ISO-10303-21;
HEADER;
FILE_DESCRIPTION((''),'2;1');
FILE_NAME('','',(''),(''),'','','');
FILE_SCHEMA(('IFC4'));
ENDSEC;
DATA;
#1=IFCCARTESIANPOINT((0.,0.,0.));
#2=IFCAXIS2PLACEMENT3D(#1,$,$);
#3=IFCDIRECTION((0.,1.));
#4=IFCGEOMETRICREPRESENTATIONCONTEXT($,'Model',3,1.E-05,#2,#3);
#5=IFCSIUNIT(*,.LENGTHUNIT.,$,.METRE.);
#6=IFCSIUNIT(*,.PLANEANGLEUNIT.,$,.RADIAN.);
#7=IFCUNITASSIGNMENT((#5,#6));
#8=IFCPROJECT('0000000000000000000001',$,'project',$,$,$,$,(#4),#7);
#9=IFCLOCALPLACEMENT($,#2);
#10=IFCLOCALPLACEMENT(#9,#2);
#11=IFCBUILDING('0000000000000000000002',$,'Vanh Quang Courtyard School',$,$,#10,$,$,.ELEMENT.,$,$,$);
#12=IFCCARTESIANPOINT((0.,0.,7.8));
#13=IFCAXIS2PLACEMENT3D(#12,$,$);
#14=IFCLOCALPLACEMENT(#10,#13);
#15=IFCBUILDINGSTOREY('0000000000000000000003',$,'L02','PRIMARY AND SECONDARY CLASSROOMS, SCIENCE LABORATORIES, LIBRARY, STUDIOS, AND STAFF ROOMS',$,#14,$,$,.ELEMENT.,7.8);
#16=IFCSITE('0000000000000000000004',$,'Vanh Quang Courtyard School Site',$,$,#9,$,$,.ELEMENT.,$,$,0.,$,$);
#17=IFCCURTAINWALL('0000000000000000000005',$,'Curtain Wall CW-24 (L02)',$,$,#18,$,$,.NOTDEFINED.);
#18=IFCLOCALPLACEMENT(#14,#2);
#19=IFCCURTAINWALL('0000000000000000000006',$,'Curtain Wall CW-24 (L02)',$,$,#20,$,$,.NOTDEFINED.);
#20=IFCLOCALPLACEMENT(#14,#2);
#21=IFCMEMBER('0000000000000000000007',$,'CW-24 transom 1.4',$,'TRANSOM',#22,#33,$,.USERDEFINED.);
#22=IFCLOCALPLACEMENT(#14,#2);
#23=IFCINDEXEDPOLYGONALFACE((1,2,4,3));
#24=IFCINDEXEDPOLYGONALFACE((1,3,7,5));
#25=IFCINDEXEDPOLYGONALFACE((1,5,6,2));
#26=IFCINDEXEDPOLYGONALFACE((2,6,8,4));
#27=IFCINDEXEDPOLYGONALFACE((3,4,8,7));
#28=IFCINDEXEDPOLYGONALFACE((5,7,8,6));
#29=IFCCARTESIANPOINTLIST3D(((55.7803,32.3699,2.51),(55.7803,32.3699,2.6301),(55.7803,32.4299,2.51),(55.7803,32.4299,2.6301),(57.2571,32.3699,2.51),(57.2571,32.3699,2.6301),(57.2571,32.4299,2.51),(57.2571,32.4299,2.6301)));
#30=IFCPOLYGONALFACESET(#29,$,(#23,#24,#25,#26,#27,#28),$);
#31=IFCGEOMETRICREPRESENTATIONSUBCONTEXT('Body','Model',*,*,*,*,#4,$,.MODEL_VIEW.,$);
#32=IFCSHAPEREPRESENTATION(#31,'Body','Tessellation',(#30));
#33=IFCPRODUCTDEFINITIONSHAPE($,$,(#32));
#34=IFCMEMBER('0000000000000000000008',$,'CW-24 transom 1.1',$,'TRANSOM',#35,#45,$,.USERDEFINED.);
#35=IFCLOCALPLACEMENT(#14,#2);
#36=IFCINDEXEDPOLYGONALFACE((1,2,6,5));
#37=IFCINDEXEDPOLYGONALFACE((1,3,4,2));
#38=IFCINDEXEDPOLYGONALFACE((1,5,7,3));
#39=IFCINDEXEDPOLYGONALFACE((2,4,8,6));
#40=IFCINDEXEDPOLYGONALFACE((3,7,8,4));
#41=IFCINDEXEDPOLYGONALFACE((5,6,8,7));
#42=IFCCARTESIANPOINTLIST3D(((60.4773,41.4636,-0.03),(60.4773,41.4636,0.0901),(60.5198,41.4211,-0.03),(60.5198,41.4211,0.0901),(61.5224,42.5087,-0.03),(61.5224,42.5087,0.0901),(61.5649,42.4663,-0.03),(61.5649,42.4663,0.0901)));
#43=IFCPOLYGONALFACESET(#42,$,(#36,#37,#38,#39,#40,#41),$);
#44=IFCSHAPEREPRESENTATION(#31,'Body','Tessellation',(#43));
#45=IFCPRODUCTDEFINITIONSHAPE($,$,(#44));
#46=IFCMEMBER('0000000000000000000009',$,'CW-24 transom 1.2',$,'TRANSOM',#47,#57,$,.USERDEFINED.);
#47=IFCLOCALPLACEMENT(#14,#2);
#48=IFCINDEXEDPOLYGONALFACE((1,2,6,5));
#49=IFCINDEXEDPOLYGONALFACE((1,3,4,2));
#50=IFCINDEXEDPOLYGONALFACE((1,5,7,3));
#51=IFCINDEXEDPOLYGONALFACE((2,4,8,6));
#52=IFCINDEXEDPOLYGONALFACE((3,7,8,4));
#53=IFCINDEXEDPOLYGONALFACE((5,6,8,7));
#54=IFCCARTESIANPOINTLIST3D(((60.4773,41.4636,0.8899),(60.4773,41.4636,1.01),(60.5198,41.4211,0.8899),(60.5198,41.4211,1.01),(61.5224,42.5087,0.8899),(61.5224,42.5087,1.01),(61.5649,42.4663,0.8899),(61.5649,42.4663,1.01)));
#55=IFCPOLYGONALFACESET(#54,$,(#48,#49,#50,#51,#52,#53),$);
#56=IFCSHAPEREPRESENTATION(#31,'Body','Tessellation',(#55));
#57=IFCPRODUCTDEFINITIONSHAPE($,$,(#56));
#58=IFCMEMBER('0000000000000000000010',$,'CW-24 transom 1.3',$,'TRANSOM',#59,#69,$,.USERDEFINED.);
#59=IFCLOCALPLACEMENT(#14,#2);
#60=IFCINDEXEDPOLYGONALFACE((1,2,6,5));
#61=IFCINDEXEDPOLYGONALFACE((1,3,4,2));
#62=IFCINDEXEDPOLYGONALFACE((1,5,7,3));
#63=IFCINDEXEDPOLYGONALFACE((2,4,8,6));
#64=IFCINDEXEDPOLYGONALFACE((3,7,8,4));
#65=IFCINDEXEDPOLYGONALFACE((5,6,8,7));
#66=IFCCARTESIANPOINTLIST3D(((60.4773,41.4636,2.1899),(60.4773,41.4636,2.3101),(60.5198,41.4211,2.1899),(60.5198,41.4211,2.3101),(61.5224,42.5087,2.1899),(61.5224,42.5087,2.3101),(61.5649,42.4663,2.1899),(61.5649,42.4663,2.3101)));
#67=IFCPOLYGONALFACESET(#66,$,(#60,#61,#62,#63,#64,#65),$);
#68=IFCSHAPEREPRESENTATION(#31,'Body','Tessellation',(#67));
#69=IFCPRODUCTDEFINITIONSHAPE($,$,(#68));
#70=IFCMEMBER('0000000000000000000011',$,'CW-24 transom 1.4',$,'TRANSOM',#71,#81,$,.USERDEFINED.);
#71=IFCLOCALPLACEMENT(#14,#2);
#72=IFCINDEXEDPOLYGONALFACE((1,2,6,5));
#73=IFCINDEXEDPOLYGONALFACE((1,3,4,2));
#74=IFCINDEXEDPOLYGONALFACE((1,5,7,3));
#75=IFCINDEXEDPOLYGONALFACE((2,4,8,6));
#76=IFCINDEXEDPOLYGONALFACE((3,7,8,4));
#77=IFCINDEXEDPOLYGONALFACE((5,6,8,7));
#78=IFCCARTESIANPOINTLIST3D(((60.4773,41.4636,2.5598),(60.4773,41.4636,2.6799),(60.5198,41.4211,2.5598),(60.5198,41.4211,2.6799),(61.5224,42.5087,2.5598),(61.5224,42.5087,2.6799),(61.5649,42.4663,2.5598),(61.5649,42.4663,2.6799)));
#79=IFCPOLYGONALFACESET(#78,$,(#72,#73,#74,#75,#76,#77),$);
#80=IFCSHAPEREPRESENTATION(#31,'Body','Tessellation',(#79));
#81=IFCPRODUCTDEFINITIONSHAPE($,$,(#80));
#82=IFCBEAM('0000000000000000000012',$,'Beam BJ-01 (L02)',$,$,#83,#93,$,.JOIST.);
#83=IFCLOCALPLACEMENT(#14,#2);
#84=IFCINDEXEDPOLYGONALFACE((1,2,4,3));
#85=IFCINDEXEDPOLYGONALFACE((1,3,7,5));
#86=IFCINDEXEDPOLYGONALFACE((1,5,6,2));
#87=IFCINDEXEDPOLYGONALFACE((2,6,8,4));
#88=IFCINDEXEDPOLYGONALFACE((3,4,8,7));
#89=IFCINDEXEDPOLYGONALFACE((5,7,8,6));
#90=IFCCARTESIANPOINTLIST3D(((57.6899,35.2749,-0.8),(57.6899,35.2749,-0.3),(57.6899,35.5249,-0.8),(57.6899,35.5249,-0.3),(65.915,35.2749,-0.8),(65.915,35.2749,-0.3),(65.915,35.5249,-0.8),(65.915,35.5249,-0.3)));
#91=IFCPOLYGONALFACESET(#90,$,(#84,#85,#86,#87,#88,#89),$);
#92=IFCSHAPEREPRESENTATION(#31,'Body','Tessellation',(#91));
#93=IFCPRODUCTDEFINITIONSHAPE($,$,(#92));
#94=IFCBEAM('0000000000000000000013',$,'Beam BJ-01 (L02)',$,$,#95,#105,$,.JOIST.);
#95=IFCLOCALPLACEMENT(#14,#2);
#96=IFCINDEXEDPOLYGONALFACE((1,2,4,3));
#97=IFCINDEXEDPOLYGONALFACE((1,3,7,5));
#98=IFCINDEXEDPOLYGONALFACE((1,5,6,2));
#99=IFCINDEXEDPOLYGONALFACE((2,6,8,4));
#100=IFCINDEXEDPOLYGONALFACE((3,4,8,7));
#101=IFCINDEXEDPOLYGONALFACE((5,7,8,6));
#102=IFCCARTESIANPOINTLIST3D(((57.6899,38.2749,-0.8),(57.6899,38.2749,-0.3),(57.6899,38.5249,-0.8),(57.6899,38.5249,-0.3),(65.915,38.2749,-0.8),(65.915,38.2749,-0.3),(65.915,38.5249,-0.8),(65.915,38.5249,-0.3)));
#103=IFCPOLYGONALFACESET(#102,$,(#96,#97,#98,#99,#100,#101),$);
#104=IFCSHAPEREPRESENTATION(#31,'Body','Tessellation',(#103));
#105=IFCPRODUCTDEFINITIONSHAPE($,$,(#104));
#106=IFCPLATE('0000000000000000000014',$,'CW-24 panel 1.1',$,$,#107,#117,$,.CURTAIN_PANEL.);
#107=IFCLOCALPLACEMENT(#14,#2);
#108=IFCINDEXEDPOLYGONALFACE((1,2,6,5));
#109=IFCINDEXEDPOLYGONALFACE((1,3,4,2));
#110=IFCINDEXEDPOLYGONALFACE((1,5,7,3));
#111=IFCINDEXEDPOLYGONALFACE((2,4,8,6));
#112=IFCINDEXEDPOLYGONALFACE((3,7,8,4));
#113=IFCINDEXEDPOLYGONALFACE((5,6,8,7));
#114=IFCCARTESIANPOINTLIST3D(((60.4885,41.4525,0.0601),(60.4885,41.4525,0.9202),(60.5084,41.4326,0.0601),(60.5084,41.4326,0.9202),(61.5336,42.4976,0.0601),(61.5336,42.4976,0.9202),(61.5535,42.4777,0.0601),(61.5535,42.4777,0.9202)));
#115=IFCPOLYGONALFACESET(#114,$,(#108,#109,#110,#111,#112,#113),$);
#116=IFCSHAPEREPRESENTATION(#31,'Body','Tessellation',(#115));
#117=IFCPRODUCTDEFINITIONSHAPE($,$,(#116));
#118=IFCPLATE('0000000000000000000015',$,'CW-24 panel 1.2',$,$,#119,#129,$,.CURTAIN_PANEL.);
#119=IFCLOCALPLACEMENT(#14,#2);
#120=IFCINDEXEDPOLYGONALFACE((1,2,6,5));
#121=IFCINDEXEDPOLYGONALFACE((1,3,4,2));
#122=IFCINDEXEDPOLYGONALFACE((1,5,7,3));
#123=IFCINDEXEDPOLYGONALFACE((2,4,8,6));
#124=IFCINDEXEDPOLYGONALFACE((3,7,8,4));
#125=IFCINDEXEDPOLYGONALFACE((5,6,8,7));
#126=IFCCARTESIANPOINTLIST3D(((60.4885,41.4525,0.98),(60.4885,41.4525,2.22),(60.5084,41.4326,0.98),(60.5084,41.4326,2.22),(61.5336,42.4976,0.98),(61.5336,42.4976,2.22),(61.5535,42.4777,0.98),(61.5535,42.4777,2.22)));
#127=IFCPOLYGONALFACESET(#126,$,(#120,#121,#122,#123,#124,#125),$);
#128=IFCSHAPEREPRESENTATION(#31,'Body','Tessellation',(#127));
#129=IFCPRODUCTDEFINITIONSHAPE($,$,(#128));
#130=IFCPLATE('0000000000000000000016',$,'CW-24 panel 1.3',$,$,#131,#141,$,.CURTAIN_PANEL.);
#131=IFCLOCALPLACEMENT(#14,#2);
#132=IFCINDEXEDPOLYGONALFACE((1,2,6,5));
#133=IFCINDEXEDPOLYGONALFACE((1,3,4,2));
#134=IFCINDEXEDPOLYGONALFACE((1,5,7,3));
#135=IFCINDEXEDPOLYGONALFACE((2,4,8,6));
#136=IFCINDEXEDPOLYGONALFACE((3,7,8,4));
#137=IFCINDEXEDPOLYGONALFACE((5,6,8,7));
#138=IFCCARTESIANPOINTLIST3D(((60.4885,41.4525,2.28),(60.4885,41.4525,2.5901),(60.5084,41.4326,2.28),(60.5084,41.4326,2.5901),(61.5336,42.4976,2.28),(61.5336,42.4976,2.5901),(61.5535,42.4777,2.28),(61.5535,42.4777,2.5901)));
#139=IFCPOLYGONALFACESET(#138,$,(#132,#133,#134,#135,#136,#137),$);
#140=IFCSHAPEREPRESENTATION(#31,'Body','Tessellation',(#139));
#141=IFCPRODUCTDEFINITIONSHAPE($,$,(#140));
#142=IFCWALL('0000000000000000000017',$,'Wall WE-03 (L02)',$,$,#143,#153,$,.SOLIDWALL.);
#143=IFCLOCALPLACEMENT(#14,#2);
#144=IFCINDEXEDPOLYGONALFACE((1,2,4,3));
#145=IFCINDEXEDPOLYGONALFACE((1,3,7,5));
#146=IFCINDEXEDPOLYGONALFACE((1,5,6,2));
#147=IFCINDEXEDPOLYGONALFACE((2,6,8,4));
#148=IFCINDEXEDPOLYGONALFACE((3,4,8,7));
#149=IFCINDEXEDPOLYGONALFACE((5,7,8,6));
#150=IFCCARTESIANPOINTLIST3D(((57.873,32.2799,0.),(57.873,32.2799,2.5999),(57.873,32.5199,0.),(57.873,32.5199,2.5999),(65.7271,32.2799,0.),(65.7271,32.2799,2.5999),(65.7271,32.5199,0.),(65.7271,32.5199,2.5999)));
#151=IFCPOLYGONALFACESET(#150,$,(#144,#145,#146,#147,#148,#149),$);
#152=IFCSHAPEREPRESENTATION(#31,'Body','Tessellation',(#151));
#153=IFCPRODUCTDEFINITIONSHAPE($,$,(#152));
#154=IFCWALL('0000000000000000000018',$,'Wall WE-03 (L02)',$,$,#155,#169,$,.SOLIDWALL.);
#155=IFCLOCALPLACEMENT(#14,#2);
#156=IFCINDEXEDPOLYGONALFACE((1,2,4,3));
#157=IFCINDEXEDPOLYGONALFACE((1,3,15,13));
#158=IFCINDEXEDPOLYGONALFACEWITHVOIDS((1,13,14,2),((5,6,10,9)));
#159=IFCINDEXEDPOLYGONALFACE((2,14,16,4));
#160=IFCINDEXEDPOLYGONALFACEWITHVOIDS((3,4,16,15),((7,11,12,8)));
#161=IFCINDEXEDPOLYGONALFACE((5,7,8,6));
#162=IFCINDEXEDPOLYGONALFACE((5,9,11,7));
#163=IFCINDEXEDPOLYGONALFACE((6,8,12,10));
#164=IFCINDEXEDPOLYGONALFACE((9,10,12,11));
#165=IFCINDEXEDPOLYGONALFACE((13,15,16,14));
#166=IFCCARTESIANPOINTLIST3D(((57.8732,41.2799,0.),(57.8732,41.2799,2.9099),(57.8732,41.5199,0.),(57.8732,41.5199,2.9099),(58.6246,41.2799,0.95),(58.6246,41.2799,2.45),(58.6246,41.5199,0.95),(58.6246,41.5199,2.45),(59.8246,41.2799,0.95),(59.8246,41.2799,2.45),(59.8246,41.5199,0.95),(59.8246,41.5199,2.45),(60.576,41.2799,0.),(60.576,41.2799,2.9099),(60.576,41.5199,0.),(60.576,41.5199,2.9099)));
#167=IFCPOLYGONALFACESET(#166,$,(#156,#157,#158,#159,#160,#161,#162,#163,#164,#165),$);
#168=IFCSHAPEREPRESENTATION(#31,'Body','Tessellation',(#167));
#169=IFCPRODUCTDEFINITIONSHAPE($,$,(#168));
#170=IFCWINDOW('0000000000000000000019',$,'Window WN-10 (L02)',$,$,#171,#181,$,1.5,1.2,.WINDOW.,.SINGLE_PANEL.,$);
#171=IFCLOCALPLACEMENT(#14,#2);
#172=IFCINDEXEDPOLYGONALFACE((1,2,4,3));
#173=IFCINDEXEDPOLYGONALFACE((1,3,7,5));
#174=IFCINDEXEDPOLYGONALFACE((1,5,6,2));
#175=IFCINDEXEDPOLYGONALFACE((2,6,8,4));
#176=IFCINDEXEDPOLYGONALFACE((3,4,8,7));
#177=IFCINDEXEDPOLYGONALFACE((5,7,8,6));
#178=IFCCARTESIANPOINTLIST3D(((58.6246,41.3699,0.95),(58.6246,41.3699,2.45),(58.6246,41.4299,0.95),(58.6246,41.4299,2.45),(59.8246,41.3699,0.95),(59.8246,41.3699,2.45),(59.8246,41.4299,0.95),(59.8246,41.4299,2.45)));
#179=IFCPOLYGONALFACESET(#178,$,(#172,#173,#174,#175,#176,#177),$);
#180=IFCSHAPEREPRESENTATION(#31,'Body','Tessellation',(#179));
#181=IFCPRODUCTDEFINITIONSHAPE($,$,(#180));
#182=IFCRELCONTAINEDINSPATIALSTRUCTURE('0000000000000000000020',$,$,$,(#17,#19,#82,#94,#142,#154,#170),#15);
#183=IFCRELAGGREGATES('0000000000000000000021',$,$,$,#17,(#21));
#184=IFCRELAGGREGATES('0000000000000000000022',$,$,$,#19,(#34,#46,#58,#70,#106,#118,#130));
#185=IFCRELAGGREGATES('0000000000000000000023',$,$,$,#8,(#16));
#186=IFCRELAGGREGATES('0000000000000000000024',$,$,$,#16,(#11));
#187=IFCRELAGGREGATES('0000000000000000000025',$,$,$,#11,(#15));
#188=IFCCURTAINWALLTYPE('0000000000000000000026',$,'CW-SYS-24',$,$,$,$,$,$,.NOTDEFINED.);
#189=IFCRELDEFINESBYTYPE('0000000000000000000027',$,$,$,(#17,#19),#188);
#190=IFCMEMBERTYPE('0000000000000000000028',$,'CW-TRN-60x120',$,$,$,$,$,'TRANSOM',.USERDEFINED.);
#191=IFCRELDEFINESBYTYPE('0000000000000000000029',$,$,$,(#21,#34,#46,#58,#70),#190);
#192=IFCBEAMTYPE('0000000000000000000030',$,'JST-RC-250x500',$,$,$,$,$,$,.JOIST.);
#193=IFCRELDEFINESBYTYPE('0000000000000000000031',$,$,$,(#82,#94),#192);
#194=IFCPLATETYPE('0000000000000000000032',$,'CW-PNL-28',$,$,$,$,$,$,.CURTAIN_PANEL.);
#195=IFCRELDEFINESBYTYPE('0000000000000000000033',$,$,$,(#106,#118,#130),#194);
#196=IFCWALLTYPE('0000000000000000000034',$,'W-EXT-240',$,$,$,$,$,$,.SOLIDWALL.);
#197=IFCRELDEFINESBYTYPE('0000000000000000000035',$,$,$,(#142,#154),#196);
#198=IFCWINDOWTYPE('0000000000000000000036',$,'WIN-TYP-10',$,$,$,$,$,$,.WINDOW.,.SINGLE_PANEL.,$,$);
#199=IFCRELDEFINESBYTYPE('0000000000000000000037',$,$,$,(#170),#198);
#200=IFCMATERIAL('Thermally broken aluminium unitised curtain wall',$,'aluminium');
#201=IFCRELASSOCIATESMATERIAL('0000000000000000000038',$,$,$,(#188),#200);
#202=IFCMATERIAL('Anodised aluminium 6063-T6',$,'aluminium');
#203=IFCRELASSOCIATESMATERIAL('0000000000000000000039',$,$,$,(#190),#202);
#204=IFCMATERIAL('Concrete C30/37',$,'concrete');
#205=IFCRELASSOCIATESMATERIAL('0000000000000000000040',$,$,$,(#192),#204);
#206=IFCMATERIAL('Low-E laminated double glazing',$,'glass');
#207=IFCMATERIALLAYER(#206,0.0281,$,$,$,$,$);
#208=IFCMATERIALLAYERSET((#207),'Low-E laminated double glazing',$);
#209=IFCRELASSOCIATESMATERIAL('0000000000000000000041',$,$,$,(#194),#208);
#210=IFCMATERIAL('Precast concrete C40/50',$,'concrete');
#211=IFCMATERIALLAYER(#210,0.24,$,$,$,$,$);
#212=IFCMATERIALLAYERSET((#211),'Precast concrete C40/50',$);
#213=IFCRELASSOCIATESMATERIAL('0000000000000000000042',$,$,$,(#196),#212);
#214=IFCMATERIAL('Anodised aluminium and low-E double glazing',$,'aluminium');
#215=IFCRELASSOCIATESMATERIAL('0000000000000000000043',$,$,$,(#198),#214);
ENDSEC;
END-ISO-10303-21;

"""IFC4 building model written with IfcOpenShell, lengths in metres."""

from ifc_helpers import new_model, si_unit, direction, frame, frame_2d, origin, origin_2d, place, context, subcontext, project, spatial, rectangle, extrude, material, layer, layer_set, material_profile, profile_set, type_object, element, fill, aggregate, save


model = new_model("IFC4")

# Units and contexts
model_context = context("Model", 3, precision=1e-05, world=origin(), true_north=direction((0.0, 1.0)))
body_context = subcontext(model_context, "Body", "Model", "MODEL_VIEW")
ifc_project = project(units=[si_unit("LENGTHUNIT", "METRE"), si_unit("PLANEANGLEUNIT", "RADIAN")], contexts=[model_context])

# Site, building, storey
site_placement = place(None, origin())
site = spatial("IfcSite", under=ifc_project, at=site_placement, Name="Vanh Quang Courtyard School Site", CompositionType="ELEMENT", RefElevation=0.0)
building_placement = place(site_placement, origin())
building = spatial("IfcBuilding", under=site, at=building_placement, Name="Vanh Quang Courtyard School", CompositionType="ELEMENT")
storey_placement = place(building_placement, frame((0.0, 0.0, 7.8)))
storey = spatial("IfcBuildingStorey", under=building, at=storey_placement, Name="L02", Description="PRIMARY AND SECONDARY CLASSROOMS, SCIENCE LABORATORIES, LIBRARY, STUDIOS, AND STAFF ROOMS", CompositionType="ELEMENT", Elevation=7.8)

# Curtain walls
ifc_material_1 = material(Name="Thermally broken aluminium unitised curtain wall", Category="aluminium")
curtain_wall_type = type_object("IfcCurtainWallType", Name="CW-SYS-24", PredefinedType="NOTDEFINED", material=ifc_material_1)
curtain_wall_1_placement = place(storey_placement, origin())
curtain_wall_1 = element("IfcCurtainWall", 1, at=curtain_wall_1_placement, inside=storey, type_object=curtain_wall_type, Name="Curtain Wall CW-24 (L02)", PredefinedType="NOTDEFINED")
ifc_material_2 = material(Name="Anodised aluminium 6063-T6", Category="aluminium")
curtain_wall_2_placement = place(storey_placement, origin())
curtain_wall_2 = element("IfcCurtainWall", 2, at=curtain_wall_2_placement, inside=storey, type_object=curtain_wall_type, Name="Curtain Wall CW-24 (L02)", PredefinedType="NOTDEFINED")

# Members
ifc_material_profile_1 = material_profile(ifc_material_2, rectangle(XDim=0.0601, YDim=0.1201, at=origin_2d()), Name="ALU-TRN 60x120")
ifc_profile_set_1 = profile_set([ifc_material_profile_1], Name="Anodised aluminium 6063-T6")
member_type_1 = type_object("IfcMemberType", Name="CW-TRN-60x120", ElementType="TRANSOM", PredefinedType="USERDEFINED", material=ifc_profile_set_1)
member_1_placement = place(storey_placement, frame((57.2571, 32.3999, 2.5701), z_axis=(-1.0, 0.0, 0.0), x_axis=(0.0, -1.0, 0.0)))
member_1 = element("IfcMember", 3, at=member_1_placement, type_object=member_type_1, Name="CW-24 transom 1.4", ObjectType="TRANSOM", PredefinedType="USERDEFINED", context=body_context, shape_type="SweptSolid", body=[
    extrude(rectangle(XDim=0.0601, YDim=0.1201, at=origin_2d()), origin(), (0.0, 0.0, 1.0), 1.4768),
])
aggregate(curtain_wall_1, [member_1])
member_2_placement = place(storey_placement, frame((60.4985, 41.4424, 0.03), z_axis=(0.707107, 0.707107, 0.0), x_axis=(-0.707107, 0.707107, 0.0)))
member_2 = element("IfcMember", 4, at=member_2_placement, type_object=member_type_1, Name="CW-24 transom 1.1", ObjectType="TRANSOM", PredefinedType="USERDEFINED", context=body_context, shape_type="SweptSolid", body=[
    extrude(rectangle(XDim=0.0601, YDim=0.1201, at=origin_2d()), origin(), (0.0, 0.0, 1.0), 1.478),
])
member_3_placement = place(storey_placement, frame((60.4985, 41.4424, 0.95), z_axis=(0.707107, 0.707107, 0.0), x_axis=(-0.707107, 0.707107, 0.0)))
member_3 = element("IfcMember", 5, at=member_3_placement, type_object=member_type_1, Name="CW-24 transom 1.2", ObjectType="TRANSOM", PredefinedType="USERDEFINED", context=body_context, shape_type="SweptSolid", body=[
    extrude(rectangle(XDim=0.0601, YDim=0.1201, at=origin_2d()), origin(), (0.0, 0.0, 1.0), 1.478),
])
member_4_placement = place(storey_placement, frame((60.4985, 41.4424, 2.25), z_axis=(0.707107, 0.707107, 0.0), x_axis=(-0.707107, 0.707107, 0.0)))
member_4 = element("IfcMember", 6, at=member_4_placement, type_object=member_type_1, Name="CW-24 transom 1.3", ObjectType="TRANSOM", PredefinedType="USERDEFINED", context=body_context, shape_type="SweptSolid", body=[
    extrude(rectangle(XDim=0.0601, YDim=0.1201, at=origin_2d()), origin(), (0.0, 0.0, 1.0), 1.478),
])
member_5_placement = place(storey_placement, frame((60.4985, 41.4424, 2.6199), z_axis=(0.707107, 0.707107, 0.0), x_axis=(-0.707107, 0.707107, 0.0)))
member_5 = element("IfcMember", 7, at=member_5_placement, type_object=member_type_1, Name="CW-24 transom 1.4", ObjectType="TRANSOM", PredefinedType="USERDEFINED", context=body_context, shape_type="SweptSolid", body=[
    extrude(rectangle(XDim=0.0601, YDim=0.1201, at=origin_2d()), origin(), (0.0, 0.0, 1.0), 1.478),
])

# Beams
ifc_material_3 = material(Name="Concrete C30/37", Category="concrete")
ifc_material_profile_2 = material_profile(ifc_material_3, rectangle(XDim=0.25, YDim=0.5, at=origin_2d()), Name="RC-JST 250x500")
ifc_profile_set_2 = profile_set([ifc_material_profile_2], Name="Concrete C30/37")
beam_type_1 = type_object("IfcBeamType", Name="JST-RC-250x500", PredefinedType="JOIST", material=ifc_profile_set_2)
for number, where, z_axis, x_axis, name in (
    (8, (57.6899, 35.3999, -0.55), (1.0, 0.0, 0.0), (0.0, 1.0, 0.0), "Beam BJ-01 (L02)"),
    (9, (57.6899, 38.3999, -0.55), (1.0, 0.0, 0.0), (0.0, 1.0, 0.0), "Beam BJ-01 (L02)"),
):
    element("IfcBeam", number, at=place(storey_placement, frame(where, z_axis=z_axis, x_axis=x_axis)), inside=storey, type_object=beam_type_1, Name=name, PredefinedType="JOIST", context=body_context, shape_type="SweptSolid", body=[
        extrude(rectangle(XDim=0.25, YDim=0.5, at=origin_2d()), origin(), (0.0, 0.0, 1.0), 8.2251),
    ])

# Plates
ifc_material_4 = material(Name="Low-E laminated double glazing", Category="glass")
ifc_layer_1 = layer(ifc_material_4, 0.0281)
ifc_layer_set_1 = layer_set([ifc_layer_1], Name="Low-E laminated double glazing")
plate_type = type_object("IfcPlateType", Name="CW-PNL-28", PredefinedType="CURTAIN_PANEL", material=ifc_layer_set_1)
plate_1_placement = place(storey_placement, frame((61.021, 41.9651, 0.0601), z_axis=(0.0, 0.0, 1.0), x_axis=(0.707107, 0.707107, 0.0)))
plate_1 = element("IfcPlate", 10, at=plate_1_placement, type_object=plate_type, Name="CW-24 panel 1.1", PredefinedType="CURTAIN_PANEL", context=body_context, shape_type="SweptSolid", body=[
    extrude(rectangle(XDim=1.478, YDim=0.0281, at=origin_2d()), origin(), (0.0, 0.0, 1.0), 0.8601),
])
plate_2_placement = place(storey_placement, frame((61.021, 41.9651, 0.98), z_axis=(0.0, 0.0, 1.0), x_axis=(0.707107, 0.707107, 0.0)))
plate_2 = element("IfcPlate", 11, at=plate_2_placement, type_object=plate_type, Name="CW-24 panel 1.2", PredefinedType="CURTAIN_PANEL", context=body_context, shape_type="SweptSolid", body=[
    extrude(rectangle(XDim=1.478, YDim=0.0281, at=origin_2d()), origin(), (0.0, 0.0, 1.0), 1.24),
])
plate_3_placement = place(storey_placement, frame((61.021, 41.9651, 2.28), z_axis=(0.0, 0.0, 1.0), x_axis=(0.707107, 0.707107, 0.0)))
plate_3 = element("IfcPlate", 12, at=plate_3_placement, type_object=plate_type, Name="CW-24 panel 1.3", PredefinedType="CURTAIN_PANEL", context=body_context, shape_type="SweptSolid", body=[
    extrude(rectangle(XDim=1.478, YDim=0.0281, at=origin_2d()), origin(), (0.0, 0.0, 1.0), 0.3101),
])
aggregate(curtain_wall_2, [member_2, member_3, member_4, member_5, plate_1, plate_2, plate_3])

# Wall
ifc_material_5 = material(Name="Precast concrete C40/50", Category="concrete")
ifc_layer_2 = layer(ifc_material_5, 0.24)
ifc_layer_set_2 = layer_set([ifc_layer_2], Name="Precast concrete C40/50")
wall_type = type_object("IfcWallType", Name="W-EXT-240", PredefinedType="SOLIDWALL", material=ifc_layer_set_2)
wall_1_placement = place(storey_placement, frame((65.7271, 32.3999, 0.0), z_axis=(0.0, 0.0, 1.0), x_axis=(-1.0, 0.0, 0.0)))
element("IfcWall", 13, at=wall_1_placement, inside=storey, type_object=wall_type, Name="Wall WE-03 (L02)", PredefinedType="SOLIDWALL", context=body_context, shape_type="SweptSolid", body=[
    extrude(rectangle(XDim=7.854, YDim=0.24, at=frame_2d((3.927, 0.0))), origin(), (0.0, 0.0, 1.0), 2.5999),
])

# Wall, opening, window
wall_2_placement = place(storey_placement, frame((57.873, 41.3999, 0.0), z_axis=(0.0, 0.0, 1.0), x_axis=(1.0, 0.0, 0.0)))
wall_2 = element("IfcWall", 14, at=wall_2_placement, inside=storey, type_object=wall_type, Name="Wall WE-03 (L02)", PredefinedType="SOLIDWALL", context=body_context, shape_type="SweptSolid", body=[
    extrude(rectangle(XDim=2.7029, YDim=0.24, at=frame_2d((1.3516, 0.0))), origin(), (0.0, 0.0, 1.0), 2.9099),
])
opening_placement = place(wall_2_placement, frame((0.7515, 0.0, 0.95)))
opening = element("IfcOpeningElement", 15, at=opening_placement, cuts=wall_2, PredefinedType="OPENING", context=body_context, shape_type="SweptSolid", body=[
    extrude(rectangle(XDim=1.2, YDim=1.5, at=frame_2d((0.6001, 0.75))), frame((0.0, 0.1299, 0.0), z_axis=(0.0, -1.0, 0.0), x_axis=(1.0, 0.0, 0.0)), (0.0, 0.0, 1.0), 0.26),
])
ifc_material_6 = material(Name="Anodised aluminium and low-E double glazing", Category="aluminium")
window_type = type_object("IfcWindowType", Name="WIN-TYP-10", PartitioningType="SINGLE_PANEL", PredefinedType="WINDOW", material=ifc_material_6)
window_placement = place(opening_placement, origin())
window = element("IfcWindow", 16, at=window_placement, inside=storey, type_object=window_type, Name="Window WN-10 (L02)", OverallHeight=1.5, OverallWidth=1.2, PartitioningType="SINGLE_PANEL", PredefinedType="WINDOW", context=body_context, shape_type="SweptSolid", body=[
    extrude(rectangle(XDim=1.2, YDim=1.5, at=frame_2d((0.6001, 0.75))), frame((0.0, 0.03, 0.0), z_axis=(0.0, -1.0, 0.0), x_axis=(1.0, 0.0, 0.0)), (0.0, 0.0, 1.0), 0.0601),
])
fill(opening, window)

save(model, "model.ifc")
